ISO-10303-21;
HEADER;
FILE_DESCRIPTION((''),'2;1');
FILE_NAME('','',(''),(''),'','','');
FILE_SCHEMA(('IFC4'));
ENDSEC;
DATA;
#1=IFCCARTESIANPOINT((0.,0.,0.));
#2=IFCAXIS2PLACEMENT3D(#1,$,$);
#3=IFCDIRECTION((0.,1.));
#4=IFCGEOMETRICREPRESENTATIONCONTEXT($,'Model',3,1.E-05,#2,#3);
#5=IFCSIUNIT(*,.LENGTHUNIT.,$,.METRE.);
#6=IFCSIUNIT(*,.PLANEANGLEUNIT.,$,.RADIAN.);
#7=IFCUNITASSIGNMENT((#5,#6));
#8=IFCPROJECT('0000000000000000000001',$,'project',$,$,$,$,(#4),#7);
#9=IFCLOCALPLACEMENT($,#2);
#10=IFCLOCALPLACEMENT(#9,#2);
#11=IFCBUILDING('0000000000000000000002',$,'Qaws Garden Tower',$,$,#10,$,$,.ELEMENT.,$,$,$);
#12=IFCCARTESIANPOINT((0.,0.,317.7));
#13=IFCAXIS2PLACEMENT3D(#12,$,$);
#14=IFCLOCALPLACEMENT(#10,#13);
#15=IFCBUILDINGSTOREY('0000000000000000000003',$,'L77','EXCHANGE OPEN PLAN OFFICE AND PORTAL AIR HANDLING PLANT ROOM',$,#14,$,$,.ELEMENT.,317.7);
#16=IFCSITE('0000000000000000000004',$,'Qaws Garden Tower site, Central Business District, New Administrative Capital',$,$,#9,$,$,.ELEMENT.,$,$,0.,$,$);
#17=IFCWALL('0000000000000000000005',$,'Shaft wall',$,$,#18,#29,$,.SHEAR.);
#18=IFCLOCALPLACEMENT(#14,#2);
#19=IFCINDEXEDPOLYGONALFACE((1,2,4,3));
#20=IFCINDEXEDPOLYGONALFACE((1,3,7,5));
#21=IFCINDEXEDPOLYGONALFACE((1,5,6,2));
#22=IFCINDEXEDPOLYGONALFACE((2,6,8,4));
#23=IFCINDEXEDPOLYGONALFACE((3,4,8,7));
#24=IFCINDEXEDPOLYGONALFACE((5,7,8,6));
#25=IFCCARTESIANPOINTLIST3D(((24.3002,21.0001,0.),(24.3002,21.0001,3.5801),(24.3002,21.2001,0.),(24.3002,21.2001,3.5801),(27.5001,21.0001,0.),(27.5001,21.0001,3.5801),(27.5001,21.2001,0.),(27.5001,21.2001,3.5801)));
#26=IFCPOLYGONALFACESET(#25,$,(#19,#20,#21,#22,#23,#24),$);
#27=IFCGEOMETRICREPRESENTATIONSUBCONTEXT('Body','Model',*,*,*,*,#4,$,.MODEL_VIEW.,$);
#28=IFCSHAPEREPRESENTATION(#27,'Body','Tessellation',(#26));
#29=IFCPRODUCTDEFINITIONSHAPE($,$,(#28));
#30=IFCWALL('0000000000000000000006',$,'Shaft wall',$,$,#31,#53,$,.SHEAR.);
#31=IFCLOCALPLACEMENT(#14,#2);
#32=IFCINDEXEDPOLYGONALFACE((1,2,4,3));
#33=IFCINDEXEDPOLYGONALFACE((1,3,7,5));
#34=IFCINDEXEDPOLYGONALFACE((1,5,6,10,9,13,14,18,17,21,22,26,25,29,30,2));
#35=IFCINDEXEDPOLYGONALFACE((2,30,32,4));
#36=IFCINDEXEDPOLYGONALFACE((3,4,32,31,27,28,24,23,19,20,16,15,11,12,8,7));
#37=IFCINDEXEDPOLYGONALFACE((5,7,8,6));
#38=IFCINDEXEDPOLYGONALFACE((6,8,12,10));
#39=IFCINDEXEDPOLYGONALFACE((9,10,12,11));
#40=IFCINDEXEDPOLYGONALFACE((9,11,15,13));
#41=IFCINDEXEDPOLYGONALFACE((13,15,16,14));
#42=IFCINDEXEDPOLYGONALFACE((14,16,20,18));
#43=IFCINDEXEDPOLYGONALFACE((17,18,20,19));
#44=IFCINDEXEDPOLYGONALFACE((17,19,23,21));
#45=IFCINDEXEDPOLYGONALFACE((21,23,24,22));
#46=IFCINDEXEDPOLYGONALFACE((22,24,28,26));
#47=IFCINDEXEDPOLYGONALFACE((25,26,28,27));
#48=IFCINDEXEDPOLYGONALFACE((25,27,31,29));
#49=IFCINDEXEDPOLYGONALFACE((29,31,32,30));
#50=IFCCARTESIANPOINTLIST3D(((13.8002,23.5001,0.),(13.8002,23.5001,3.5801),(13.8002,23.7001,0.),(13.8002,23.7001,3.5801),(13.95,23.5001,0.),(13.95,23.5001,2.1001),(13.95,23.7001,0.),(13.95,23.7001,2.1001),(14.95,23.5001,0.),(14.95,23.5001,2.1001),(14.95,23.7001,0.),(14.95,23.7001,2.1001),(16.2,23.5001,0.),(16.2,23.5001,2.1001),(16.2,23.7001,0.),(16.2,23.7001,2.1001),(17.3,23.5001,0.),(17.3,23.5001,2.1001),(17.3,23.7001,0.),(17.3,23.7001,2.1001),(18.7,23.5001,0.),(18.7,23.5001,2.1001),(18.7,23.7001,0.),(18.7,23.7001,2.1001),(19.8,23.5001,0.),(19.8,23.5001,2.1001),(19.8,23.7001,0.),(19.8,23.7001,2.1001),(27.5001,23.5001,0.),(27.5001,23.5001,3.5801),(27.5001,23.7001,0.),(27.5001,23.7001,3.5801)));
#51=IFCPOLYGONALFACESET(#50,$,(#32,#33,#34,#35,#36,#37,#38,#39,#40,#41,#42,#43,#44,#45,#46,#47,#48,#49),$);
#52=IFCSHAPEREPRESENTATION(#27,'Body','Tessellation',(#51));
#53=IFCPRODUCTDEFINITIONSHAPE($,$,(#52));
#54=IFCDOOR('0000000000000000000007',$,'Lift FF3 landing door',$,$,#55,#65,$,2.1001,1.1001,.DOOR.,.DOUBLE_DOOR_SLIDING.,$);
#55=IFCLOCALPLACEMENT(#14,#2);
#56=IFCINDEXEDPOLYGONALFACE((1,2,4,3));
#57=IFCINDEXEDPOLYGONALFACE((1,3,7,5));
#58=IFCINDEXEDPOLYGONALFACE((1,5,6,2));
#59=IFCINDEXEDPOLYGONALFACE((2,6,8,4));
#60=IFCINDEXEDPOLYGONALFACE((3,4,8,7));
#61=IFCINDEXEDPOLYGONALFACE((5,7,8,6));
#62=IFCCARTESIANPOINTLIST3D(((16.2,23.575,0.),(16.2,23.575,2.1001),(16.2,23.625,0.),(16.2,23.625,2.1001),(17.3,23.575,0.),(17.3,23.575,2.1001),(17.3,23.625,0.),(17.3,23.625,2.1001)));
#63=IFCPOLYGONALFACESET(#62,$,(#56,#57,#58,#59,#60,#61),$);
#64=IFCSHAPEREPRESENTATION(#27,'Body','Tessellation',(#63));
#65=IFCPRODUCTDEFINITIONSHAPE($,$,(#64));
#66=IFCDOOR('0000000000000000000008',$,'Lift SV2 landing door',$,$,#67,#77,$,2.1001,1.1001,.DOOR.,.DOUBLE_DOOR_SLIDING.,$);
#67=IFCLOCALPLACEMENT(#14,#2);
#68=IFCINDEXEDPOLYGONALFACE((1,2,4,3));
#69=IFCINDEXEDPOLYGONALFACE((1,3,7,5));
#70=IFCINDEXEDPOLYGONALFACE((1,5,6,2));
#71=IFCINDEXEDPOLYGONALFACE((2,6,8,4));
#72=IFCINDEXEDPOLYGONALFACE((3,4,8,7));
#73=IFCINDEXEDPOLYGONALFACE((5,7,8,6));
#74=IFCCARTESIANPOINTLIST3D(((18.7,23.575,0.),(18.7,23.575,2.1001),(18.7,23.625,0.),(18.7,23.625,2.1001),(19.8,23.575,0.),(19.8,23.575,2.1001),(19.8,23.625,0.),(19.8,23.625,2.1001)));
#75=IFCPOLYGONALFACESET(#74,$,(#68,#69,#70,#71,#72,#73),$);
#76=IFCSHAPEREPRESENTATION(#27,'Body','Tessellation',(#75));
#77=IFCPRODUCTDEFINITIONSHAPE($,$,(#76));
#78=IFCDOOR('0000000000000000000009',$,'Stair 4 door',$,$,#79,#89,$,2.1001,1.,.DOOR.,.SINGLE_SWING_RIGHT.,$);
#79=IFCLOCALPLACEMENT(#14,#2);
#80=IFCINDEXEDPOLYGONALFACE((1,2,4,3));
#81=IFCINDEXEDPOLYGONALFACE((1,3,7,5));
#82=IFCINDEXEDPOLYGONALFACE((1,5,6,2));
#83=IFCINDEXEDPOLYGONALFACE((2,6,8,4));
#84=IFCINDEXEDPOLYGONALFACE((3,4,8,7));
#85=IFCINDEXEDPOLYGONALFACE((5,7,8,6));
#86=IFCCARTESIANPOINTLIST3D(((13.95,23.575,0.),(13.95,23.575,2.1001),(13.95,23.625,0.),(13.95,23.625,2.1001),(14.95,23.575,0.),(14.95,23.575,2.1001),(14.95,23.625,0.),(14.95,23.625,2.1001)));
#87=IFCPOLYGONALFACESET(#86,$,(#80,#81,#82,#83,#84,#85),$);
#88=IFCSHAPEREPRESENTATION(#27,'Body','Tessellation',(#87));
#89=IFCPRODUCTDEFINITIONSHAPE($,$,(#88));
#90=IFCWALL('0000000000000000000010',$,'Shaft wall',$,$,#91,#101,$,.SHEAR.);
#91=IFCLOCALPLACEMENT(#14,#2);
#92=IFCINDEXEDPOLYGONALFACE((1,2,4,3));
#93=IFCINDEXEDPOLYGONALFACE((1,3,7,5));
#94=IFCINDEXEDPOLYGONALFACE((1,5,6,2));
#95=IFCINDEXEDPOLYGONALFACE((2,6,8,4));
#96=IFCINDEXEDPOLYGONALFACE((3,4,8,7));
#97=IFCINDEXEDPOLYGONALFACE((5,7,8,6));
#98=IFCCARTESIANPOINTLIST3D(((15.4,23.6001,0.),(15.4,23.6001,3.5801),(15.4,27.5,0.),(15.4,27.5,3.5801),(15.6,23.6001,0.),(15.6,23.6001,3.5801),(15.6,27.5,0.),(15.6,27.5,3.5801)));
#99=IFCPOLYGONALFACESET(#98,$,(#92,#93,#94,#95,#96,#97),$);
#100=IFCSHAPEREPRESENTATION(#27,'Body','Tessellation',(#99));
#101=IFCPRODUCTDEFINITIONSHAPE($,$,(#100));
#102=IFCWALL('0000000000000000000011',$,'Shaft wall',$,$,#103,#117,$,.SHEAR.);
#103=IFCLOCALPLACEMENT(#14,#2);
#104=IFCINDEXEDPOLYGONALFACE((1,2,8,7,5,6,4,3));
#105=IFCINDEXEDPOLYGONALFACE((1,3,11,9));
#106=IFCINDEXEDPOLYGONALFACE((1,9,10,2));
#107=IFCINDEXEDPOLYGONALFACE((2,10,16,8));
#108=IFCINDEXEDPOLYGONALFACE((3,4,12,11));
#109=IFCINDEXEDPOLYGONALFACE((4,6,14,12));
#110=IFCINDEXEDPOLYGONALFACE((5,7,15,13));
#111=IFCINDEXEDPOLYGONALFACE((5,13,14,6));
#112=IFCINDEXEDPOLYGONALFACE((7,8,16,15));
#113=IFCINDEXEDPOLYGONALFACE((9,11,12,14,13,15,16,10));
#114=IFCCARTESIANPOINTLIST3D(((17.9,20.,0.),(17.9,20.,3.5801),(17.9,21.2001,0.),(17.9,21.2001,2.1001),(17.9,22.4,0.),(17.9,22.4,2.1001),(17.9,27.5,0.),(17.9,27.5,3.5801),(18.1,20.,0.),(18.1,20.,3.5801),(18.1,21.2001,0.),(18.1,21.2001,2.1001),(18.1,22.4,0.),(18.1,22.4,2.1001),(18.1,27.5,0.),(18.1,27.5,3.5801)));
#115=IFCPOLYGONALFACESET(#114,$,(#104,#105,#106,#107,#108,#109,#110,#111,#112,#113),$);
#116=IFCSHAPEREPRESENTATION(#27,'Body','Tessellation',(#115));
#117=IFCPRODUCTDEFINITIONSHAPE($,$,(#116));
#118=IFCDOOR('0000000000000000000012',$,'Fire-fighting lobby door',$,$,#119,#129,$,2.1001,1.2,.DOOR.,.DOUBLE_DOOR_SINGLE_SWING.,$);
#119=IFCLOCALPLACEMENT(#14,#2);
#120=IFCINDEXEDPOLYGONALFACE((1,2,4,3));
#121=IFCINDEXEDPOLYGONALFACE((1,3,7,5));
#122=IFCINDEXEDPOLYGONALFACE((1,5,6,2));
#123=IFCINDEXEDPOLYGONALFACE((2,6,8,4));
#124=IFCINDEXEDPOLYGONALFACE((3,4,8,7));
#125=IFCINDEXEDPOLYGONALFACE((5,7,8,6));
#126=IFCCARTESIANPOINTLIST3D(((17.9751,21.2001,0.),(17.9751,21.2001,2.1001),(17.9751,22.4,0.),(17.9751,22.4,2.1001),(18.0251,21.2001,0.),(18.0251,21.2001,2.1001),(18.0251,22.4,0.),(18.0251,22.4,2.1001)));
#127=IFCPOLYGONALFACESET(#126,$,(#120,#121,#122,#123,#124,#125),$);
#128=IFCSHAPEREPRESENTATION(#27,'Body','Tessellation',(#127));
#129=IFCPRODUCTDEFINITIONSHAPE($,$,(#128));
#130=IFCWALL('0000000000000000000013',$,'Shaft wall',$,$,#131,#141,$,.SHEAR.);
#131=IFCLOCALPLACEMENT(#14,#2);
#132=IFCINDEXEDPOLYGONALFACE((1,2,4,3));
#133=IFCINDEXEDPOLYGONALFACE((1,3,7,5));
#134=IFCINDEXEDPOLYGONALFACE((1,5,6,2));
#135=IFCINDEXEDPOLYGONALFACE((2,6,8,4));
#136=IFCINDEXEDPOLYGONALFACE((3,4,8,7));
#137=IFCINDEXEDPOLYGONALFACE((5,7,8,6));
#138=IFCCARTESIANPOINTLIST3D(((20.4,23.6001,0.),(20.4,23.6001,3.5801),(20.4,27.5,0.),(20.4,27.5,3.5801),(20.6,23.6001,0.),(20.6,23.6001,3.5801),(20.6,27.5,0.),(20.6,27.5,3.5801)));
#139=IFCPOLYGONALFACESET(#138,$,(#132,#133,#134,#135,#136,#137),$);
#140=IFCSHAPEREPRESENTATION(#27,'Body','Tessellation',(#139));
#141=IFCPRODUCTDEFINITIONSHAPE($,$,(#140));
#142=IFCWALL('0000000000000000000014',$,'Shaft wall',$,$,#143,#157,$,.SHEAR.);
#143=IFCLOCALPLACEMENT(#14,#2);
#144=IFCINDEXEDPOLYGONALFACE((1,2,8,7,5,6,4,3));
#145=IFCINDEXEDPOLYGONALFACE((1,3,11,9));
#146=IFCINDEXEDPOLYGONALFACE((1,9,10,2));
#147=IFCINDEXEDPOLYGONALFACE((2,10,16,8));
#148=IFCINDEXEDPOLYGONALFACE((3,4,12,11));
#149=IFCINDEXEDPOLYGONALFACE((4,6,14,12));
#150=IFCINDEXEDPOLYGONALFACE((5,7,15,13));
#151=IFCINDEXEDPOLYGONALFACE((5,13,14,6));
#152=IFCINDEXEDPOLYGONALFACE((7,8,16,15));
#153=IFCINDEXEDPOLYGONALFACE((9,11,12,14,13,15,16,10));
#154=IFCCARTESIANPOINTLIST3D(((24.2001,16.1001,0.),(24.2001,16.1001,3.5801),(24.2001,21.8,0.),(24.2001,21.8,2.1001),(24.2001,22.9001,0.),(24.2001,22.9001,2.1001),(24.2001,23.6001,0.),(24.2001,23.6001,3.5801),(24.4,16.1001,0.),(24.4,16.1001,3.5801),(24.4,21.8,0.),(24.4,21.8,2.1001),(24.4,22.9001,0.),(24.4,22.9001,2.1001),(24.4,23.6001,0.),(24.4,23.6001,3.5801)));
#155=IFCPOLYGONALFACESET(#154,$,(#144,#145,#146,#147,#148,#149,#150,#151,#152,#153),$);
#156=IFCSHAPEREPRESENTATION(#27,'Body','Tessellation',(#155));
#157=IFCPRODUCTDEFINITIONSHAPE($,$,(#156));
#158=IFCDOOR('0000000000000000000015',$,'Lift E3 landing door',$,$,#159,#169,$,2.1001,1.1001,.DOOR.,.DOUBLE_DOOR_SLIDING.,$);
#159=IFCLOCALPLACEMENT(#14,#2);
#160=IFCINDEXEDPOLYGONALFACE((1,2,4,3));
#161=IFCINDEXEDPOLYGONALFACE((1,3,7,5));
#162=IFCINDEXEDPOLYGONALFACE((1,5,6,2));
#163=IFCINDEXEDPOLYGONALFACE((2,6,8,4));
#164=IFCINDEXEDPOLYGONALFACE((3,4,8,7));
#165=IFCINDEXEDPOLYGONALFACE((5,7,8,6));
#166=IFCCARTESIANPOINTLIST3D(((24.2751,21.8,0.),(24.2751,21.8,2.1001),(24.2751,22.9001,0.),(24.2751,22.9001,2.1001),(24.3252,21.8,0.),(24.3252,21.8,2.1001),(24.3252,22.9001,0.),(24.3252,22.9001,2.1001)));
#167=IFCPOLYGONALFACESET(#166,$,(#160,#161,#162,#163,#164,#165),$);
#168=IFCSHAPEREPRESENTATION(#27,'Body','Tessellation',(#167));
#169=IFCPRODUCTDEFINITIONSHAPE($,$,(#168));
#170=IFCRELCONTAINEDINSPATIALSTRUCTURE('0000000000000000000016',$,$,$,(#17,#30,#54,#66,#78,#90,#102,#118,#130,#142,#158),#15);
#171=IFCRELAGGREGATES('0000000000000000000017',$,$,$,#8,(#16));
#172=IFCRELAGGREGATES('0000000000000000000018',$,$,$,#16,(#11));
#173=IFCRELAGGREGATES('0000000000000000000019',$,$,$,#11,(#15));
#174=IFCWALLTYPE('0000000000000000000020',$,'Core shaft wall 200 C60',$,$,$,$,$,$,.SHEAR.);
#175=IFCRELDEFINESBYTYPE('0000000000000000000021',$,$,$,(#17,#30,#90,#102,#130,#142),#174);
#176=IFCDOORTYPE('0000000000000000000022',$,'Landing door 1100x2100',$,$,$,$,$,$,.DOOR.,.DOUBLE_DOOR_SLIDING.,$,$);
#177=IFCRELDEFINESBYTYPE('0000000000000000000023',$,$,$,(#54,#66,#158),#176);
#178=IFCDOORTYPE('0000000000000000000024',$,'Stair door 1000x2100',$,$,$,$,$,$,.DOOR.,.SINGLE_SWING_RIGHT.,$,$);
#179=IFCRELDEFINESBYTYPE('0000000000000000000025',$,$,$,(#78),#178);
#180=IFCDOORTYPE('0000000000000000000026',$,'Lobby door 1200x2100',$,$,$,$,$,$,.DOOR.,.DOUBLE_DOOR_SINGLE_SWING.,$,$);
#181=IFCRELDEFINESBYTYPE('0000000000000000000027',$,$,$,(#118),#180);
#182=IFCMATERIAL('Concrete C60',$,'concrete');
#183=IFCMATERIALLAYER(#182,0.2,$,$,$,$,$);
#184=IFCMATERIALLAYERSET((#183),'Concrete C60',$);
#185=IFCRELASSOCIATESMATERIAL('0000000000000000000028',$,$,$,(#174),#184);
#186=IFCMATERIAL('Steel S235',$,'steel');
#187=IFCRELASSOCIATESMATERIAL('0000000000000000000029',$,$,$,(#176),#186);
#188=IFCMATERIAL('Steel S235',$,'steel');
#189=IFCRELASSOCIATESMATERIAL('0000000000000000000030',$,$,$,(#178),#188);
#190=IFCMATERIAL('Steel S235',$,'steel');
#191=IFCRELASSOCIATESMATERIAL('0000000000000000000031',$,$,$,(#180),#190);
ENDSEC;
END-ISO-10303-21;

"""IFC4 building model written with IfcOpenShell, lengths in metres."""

from ifc_helpers import new_model, si_unit, direction, frame, frame_2d, origin, place, context, subcontext, project, spatial, rectangle, extrude, material, layer, layer_set, type_object, element, fill, save


model = new_model("IFC4")

# Units and contexts
model_context = context("Model", 3, precision=1e-05, world=origin(), true_north=direction((0.0, 1.0)))
body_context = subcontext(model_context, "Body", "Model", "MODEL_VIEW")
ifc_project = project(units=[si_unit("LENGTHUNIT", "METRE"), si_unit("PLANEANGLEUNIT", "RADIAN")], contexts=[model_context])

# Site, building, storey
site_placement = place(None, origin())
site = spatial("IfcSite", under=ifc_project, at=site_placement, Name="Qaws Garden Tower site, Central Business District, New Administrative Capital", CompositionType="ELEMENT", RefElevation=0.0)
building_placement = place(site_placement, origin())
building = spatial("IfcBuilding", under=site, at=building_placement, Name="Qaws Garden Tower", CompositionType="ELEMENT")
storey_placement = place(building_placement, frame((0.0, 0.0, 317.7)))
storey = spatial("IfcBuildingStorey", under=building, at=storey_placement, Name="L77", Description="EXCHANGE OPEN PLAN OFFICE AND PORTAL AIR HANDLING PLANT ROOM", CompositionType="ELEMENT", Elevation=317.7)

# Wall
ifc_material_1 = material(Name="Concrete C60", Category="concrete")
ifc_layer_1 = layer(ifc_material_1, 0.2)
ifc_layer_set_1 = layer_set([ifc_layer_1], Name="Concrete C60")
wall_type_1 = type_object("IfcWallType", Name="Core shaft wall 200 C60", PredefinedType="SHEAR", material=ifc_layer_set_1)
for number, where, z_axis, x_axis, name in (
    (1, (24.3, 21.1001, 0.0), (0.0, 0.0, 1.0), (1.0, 0.0, 0.0), "Shaft wall"),
):
    element("IfcWall", number, at=place(storey_placement, frame(where, z_axis=z_axis, x_axis=x_axis)), inside=storey, type_object=wall_type_1, Name=name, PredefinedType="SHEAR", context=body_context, shape_type="SweptSolid", body=[
        extrude(rectangle(XDim=3.2, YDim=0.2, at=frame_2d((1.6001, 0.0))), origin(), (0.0, 0.0, 1.0), 3.5801),
    ])

# Wall, openings, doors
wall_1_placement = place(storey_placement, frame((13.8, 23.6001, 0.0), z_axis=(0.0, 0.0, 1.0), x_axis=(1.0, 0.0, 0.0)))
wall_1 = element("IfcWall", 2, at=wall_1_placement, inside=storey, type_object=wall_type_1, Name="Shaft wall", PredefinedType="SHEAR", context=body_context, shape_type="SweptSolid", body=[
    extrude(rectangle(XDim=13.7, YDim=0.2, at=frame_2d((6.8501, 0.0))), origin(), (0.0, 0.0, 1.0), 3.5801),
])
opening_1_placement = place(wall_1_placement, frame((2.3999, 0.0, 0.0)))
opening_1 = element("IfcOpeningElement", 3, at=opening_1_placement, cuts=wall_1, PredefinedType="OPENING", context=body_context, shape_type="SweptSolid", body=[
    extrude(rectangle(XDim=1.1001, YDim=2.1001, at=frame_2d((0.55, 1.05))), frame((0.0, 0.1099, 0.0), z_axis=(0.0, -1.0, 0.0), x_axis=(1.0, 0.0, 0.0)), (0.0, 0.0, 1.0), 0.22),
])
opening_2_placement = place(wall_1_placement, frame((4.8999, 0.0, 0.0)))
opening_2 = element("IfcOpeningElement", 4, at=opening_2_placement, cuts=wall_1, PredefinedType="OPENING", context=body_context, shape_type="SweptSolid", body=[
    extrude(rectangle(XDim=1.1001, YDim=2.1001, at=frame_2d((0.55, 1.05))), frame((0.0, 0.1099, 0.0), z_axis=(0.0, -1.0, 0.0), x_axis=(1.0, 0.0, 0.0)), (0.0, 0.0, 1.0), 0.22),
])
opening_3_placement = place(wall_1_placement, frame((0.1499, 0.0, 0.0)))
opening_3 = element("IfcOpeningElement", 5, at=opening_3_placement, cuts=wall_1, PredefinedType="OPENING", context=body_context, shape_type="SweptSolid", body=[
    extrude(rectangle(XDim=1.0, YDim=2.1001, at=frame_2d((0.5, 1.05))), frame((0.0, 0.1099, 0.0), z_axis=(0.0, -1.0, 0.0), x_axis=(1.0, 0.0, 0.0)), (0.0, 0.0, 1.0), 0.22),
])
ifc_material_2 = material(Name="Steel S235", Category="steel")
door_type_1 = type_object("IfcDoorType", Name="Landing door 1100x2100", OperationType="DOUBLE_DOOR_SLIDING", PredefinedType="DOOR", material=ifc_material_2)
door_1_placement = place(opening_1_placement, origin())
door_1 = element("IfcDoor", 6, at=door_1_placement, inside=storey, type_object=door_type_1, Name="Lift FF3 landing door", OperationType="DOUBLE_DOOR_SLIDING", OverallHeight=2.1001, OverallWidth=1.1001, PredefinedType="DOOR", context=body_context, shape_type="SweptSolid", body=[
    extrude(rectangle(XDim=1.1001, YDim=2.1001, at=frame_2d((0.55, 1.05))), frame((0.0, 0.0249, 0.0), z_axis=(0.0, -1.0, 0.0), x_axis=(1.0, 0.0, 0.0)), (0.0, 0.0, 1.0), 0.05),
])
fill(opening_1, door_1)
door_2_placement = place(opening_2_placement, origin())
door_2 = element("IfcDoor", 7, at=door_2_placement, inside=storey, type_object=door_type_1, Name="Lift SV2 landing door", OperationType="DOUBLE_DOOR_SLIDING", OverallHeight=2.1001, OverallWidth=1.1001, PredefinedType="DOOR", context=body_context, shape_type="SweptSolid", body=[
    extrude(rectangle(XDim=1.1001, YDim=2.1001, at=frame_2d((0.55, 1.05))), frame((0.0, 0.0249, 0.0), z_axis=(0.0, -1.0, 0.0), x_axis=(1.0, 0.0, 0.0)), (0.0, 0.0, 1.0), 0.05),
])
fill(opening_2, door_2)
ifc_material_3 = material(Name="Steel S235", Category="steel")
door_type_2 = type_object("IfcDoorType", Name="Stair door 1000x2100", OperationType="SINGLE_SWING_RIGHT", PredefinedType="DOOR", material=ifc_material_3)
door_3_placement = place(opening_3_placement, origin())
door_3 = element("IfcDoor", 8, at=door_3_placement, inside=storey, type_object=door_type_2, Name="Stair 4 door", OperationType="SINGLE_SWING_RIGHT", OverallHeight=2.1001, OverallWidth=1.0, PredefinedType="DOOR", context=body_context, shape_type="SweptSolid", body=[
    extrude(rectangle(XDim=1.0, YDim=2.1001, at=frame_2d((0.5, 1.05))), frame((0.0, 0.0249, 0.0), z_axis=(0.0, -1.0, 0.0), x_axis=(1.0, 0.0, 0.0)), (0.0, 0.0, 1.0), 0.05),
])
fill(opening_3, door_3)

# Wall
wall_2_placement = place(storey_placement, frame((15.5, 23.6001, 0.0), z_axis=(0.0, 0.0, 1.0), x_axis=(0.0, 1.0, 0.0)))
element("IfcWall", 9, at=wall_2_placement, inside=storey, type_object=wall_type_1, Name="Shaft wall", PredefinedType="SHEAR", context=body_context, shape_type="SweptSolid", body=[
    extrude(rectangle(XDim=3.8999, YDim=0.2, at=frame_2d((1.95, 0.0))), origin(), (0.0, 0.0, 1.0), 3.5801),
])

# Wall, opening, door
wall_3_placement = place(storey_placement, frame((18.0, 20.0, 0.0), z_axis=(0.0, 0.0, 1.0), x_axis=(0.0, 1.0, 0.0)))
wall_3 = element("IfcWall", 10, at=wall_3_placement, inside=storey, type_object=wall_type_1, Name="Shaft wall", PredefinedType="SHEAR", context=body_context, shape_type="SweptSolid", body=[
    extrude(rectangle(XDim=7.5, YDim=0.2, at=frame_2d((3.75, 0.0))), origin(), (0.0, 0.0, 1.0), 3.5801),
])
opening_4_placement = place(wall_3_placement, frame((1.2, 0.0, 0.0)))
opening_4 = element("IfcOpeningElement", 11, at=opening_4_placement, cuts=wall_3, PredefinedType="OPENING", context=body_context, shape_type="SweptSolid", body=[
    extrude(rectangle(XDim=1.2, YDim=2.1001, at=frame_2d((0.6001, 1.05))), frame((0.0, 0.1099, 0.0), z_axis=(0.0, -1.0, 0.0), x_axis=(1.0, 0.0, 0.0)), (0.0, 0.0, 1.0), 0.22),
])
ifc_material_4 = material(Name="Steel S235", Category="steel")
door_type_3 = type_object("IfcDoorType", Name="Lobby door 1200x2100", OperationType="DOUBLE_DOOR_SINGLE_SWING", PredefinedType="DOOR", material=ifc_material_4)
door_4_placement = place(opening_4_placement, origin())
door_4 = element("IfcDoor", 12, at=door_4_placement, inside=storey, type_object=door_type_3, Name="Fire-fighting lobby door", OperationType="DOUBLE_DOOR_SINGLE_SWING", OverallHeight=2.1001, OverallWidth=1.2, PredefinedType="DOOR", context=body_context, shape_type="SweptSolid", body=[
    extrude(rectangle(XDim=1.2, YDim=2.1001, at=frame_2d((0.6001, 1.05))), frame((0.0, 0.0249, 0.0), z_axis=(0.0, -1.0, 0.0), x_axis=(1.0, 0.0, 0.0)), (0.0, 0.0, 1.0), 0.05),
])
fill(opening_4, door_4)

# Wall
wall_4_placement = place(storey_placement, frame((20.5, 23.6001, 0.0), z_axis=(0.0, 0.0, 1.0), x_axis=(0.0, 1.0, 0.0)))
element("IfcWall", 13, at=wall_4_placement, inside=storey, type_object=wall_type_1, Name="Shaft wall", PredefinedType="SHEAR", context=body_context, shape_type="SweptSolid", body=[
    extrude(rectangle(XDim=3.8999, YDim=0.2, at=frame_2d((1.95, 0.0))), origin(), (0.0, 0.0, 1.0), 3.5801),
])

# Wall, opening, door
wall_5_placement = place(storey_placement, frame((24.3, 16.1001, 0.0), z_axis=(0.0, 0.0, 1.0), x_axis=(0.0, 1.0, 0.0)))
wall_5 = element("IfcWall", 14, at=wall_5_placement, inside=storey, type_object=wall_type_1, Name="Shaft wall", PredefinedType="SHEAR", context=body_context, shape_type="SweptSolid", body=[
    extrude(rectangle(XDim=7.5, YDim=0.2, at=frame_2d((3.75, 0.0))), origin(), (0.0, 0.0, 1.0), 3.5801),
])
opening_5_placement = place(wall_5_placement, frame((5.7, 0.0, 0.0)))
opening_5 = element("IfcOpeningElement", 15, at=opening_5_placement, cuts=wall_5, PredefinedType="OPENING", context=body_context, shape_type="SweptSolid", body=[
    extrude(rectangle(XDim=1.1001, YDim=2.1001, at=frame_2d((0.55, 1.05))), frame((0.0, 0.1099, 0.0), z_axis=(0.0, -1.0, 0.0), x_axis=(1.0, 0.0, 0.0)), (0.0, 0.0, 1.0), 0.22),
])
door_5_placement = place(opening_5_placement, origin())
door_5 = element("IfcDoor", 16, at=door_5_placement, inside=storey, type_object=door_type_1, Name="Lift E3 landing door", OperationType="DOUBLE_DOOR_SLIDING", OverallHeight=2.1001, OverallWidth=1.1001, PredefinedType="DOOR", context=body_context, shape_type="SweptSolid", body=[
    extrude(rectangle(XDim=1.1001, YDim=2.1001, at=frame_2d((0.55, 1.05))), frame((0.0, 0.0249, 0.0), z_axis=(0.0, -1.0, 0.0), x_axis=(1.0, 0.0, 0.0)), (0.0, 0.0, 1.0), 0.05),
])
fill(opening_5, door_5)

save(model, "model.ifc")
